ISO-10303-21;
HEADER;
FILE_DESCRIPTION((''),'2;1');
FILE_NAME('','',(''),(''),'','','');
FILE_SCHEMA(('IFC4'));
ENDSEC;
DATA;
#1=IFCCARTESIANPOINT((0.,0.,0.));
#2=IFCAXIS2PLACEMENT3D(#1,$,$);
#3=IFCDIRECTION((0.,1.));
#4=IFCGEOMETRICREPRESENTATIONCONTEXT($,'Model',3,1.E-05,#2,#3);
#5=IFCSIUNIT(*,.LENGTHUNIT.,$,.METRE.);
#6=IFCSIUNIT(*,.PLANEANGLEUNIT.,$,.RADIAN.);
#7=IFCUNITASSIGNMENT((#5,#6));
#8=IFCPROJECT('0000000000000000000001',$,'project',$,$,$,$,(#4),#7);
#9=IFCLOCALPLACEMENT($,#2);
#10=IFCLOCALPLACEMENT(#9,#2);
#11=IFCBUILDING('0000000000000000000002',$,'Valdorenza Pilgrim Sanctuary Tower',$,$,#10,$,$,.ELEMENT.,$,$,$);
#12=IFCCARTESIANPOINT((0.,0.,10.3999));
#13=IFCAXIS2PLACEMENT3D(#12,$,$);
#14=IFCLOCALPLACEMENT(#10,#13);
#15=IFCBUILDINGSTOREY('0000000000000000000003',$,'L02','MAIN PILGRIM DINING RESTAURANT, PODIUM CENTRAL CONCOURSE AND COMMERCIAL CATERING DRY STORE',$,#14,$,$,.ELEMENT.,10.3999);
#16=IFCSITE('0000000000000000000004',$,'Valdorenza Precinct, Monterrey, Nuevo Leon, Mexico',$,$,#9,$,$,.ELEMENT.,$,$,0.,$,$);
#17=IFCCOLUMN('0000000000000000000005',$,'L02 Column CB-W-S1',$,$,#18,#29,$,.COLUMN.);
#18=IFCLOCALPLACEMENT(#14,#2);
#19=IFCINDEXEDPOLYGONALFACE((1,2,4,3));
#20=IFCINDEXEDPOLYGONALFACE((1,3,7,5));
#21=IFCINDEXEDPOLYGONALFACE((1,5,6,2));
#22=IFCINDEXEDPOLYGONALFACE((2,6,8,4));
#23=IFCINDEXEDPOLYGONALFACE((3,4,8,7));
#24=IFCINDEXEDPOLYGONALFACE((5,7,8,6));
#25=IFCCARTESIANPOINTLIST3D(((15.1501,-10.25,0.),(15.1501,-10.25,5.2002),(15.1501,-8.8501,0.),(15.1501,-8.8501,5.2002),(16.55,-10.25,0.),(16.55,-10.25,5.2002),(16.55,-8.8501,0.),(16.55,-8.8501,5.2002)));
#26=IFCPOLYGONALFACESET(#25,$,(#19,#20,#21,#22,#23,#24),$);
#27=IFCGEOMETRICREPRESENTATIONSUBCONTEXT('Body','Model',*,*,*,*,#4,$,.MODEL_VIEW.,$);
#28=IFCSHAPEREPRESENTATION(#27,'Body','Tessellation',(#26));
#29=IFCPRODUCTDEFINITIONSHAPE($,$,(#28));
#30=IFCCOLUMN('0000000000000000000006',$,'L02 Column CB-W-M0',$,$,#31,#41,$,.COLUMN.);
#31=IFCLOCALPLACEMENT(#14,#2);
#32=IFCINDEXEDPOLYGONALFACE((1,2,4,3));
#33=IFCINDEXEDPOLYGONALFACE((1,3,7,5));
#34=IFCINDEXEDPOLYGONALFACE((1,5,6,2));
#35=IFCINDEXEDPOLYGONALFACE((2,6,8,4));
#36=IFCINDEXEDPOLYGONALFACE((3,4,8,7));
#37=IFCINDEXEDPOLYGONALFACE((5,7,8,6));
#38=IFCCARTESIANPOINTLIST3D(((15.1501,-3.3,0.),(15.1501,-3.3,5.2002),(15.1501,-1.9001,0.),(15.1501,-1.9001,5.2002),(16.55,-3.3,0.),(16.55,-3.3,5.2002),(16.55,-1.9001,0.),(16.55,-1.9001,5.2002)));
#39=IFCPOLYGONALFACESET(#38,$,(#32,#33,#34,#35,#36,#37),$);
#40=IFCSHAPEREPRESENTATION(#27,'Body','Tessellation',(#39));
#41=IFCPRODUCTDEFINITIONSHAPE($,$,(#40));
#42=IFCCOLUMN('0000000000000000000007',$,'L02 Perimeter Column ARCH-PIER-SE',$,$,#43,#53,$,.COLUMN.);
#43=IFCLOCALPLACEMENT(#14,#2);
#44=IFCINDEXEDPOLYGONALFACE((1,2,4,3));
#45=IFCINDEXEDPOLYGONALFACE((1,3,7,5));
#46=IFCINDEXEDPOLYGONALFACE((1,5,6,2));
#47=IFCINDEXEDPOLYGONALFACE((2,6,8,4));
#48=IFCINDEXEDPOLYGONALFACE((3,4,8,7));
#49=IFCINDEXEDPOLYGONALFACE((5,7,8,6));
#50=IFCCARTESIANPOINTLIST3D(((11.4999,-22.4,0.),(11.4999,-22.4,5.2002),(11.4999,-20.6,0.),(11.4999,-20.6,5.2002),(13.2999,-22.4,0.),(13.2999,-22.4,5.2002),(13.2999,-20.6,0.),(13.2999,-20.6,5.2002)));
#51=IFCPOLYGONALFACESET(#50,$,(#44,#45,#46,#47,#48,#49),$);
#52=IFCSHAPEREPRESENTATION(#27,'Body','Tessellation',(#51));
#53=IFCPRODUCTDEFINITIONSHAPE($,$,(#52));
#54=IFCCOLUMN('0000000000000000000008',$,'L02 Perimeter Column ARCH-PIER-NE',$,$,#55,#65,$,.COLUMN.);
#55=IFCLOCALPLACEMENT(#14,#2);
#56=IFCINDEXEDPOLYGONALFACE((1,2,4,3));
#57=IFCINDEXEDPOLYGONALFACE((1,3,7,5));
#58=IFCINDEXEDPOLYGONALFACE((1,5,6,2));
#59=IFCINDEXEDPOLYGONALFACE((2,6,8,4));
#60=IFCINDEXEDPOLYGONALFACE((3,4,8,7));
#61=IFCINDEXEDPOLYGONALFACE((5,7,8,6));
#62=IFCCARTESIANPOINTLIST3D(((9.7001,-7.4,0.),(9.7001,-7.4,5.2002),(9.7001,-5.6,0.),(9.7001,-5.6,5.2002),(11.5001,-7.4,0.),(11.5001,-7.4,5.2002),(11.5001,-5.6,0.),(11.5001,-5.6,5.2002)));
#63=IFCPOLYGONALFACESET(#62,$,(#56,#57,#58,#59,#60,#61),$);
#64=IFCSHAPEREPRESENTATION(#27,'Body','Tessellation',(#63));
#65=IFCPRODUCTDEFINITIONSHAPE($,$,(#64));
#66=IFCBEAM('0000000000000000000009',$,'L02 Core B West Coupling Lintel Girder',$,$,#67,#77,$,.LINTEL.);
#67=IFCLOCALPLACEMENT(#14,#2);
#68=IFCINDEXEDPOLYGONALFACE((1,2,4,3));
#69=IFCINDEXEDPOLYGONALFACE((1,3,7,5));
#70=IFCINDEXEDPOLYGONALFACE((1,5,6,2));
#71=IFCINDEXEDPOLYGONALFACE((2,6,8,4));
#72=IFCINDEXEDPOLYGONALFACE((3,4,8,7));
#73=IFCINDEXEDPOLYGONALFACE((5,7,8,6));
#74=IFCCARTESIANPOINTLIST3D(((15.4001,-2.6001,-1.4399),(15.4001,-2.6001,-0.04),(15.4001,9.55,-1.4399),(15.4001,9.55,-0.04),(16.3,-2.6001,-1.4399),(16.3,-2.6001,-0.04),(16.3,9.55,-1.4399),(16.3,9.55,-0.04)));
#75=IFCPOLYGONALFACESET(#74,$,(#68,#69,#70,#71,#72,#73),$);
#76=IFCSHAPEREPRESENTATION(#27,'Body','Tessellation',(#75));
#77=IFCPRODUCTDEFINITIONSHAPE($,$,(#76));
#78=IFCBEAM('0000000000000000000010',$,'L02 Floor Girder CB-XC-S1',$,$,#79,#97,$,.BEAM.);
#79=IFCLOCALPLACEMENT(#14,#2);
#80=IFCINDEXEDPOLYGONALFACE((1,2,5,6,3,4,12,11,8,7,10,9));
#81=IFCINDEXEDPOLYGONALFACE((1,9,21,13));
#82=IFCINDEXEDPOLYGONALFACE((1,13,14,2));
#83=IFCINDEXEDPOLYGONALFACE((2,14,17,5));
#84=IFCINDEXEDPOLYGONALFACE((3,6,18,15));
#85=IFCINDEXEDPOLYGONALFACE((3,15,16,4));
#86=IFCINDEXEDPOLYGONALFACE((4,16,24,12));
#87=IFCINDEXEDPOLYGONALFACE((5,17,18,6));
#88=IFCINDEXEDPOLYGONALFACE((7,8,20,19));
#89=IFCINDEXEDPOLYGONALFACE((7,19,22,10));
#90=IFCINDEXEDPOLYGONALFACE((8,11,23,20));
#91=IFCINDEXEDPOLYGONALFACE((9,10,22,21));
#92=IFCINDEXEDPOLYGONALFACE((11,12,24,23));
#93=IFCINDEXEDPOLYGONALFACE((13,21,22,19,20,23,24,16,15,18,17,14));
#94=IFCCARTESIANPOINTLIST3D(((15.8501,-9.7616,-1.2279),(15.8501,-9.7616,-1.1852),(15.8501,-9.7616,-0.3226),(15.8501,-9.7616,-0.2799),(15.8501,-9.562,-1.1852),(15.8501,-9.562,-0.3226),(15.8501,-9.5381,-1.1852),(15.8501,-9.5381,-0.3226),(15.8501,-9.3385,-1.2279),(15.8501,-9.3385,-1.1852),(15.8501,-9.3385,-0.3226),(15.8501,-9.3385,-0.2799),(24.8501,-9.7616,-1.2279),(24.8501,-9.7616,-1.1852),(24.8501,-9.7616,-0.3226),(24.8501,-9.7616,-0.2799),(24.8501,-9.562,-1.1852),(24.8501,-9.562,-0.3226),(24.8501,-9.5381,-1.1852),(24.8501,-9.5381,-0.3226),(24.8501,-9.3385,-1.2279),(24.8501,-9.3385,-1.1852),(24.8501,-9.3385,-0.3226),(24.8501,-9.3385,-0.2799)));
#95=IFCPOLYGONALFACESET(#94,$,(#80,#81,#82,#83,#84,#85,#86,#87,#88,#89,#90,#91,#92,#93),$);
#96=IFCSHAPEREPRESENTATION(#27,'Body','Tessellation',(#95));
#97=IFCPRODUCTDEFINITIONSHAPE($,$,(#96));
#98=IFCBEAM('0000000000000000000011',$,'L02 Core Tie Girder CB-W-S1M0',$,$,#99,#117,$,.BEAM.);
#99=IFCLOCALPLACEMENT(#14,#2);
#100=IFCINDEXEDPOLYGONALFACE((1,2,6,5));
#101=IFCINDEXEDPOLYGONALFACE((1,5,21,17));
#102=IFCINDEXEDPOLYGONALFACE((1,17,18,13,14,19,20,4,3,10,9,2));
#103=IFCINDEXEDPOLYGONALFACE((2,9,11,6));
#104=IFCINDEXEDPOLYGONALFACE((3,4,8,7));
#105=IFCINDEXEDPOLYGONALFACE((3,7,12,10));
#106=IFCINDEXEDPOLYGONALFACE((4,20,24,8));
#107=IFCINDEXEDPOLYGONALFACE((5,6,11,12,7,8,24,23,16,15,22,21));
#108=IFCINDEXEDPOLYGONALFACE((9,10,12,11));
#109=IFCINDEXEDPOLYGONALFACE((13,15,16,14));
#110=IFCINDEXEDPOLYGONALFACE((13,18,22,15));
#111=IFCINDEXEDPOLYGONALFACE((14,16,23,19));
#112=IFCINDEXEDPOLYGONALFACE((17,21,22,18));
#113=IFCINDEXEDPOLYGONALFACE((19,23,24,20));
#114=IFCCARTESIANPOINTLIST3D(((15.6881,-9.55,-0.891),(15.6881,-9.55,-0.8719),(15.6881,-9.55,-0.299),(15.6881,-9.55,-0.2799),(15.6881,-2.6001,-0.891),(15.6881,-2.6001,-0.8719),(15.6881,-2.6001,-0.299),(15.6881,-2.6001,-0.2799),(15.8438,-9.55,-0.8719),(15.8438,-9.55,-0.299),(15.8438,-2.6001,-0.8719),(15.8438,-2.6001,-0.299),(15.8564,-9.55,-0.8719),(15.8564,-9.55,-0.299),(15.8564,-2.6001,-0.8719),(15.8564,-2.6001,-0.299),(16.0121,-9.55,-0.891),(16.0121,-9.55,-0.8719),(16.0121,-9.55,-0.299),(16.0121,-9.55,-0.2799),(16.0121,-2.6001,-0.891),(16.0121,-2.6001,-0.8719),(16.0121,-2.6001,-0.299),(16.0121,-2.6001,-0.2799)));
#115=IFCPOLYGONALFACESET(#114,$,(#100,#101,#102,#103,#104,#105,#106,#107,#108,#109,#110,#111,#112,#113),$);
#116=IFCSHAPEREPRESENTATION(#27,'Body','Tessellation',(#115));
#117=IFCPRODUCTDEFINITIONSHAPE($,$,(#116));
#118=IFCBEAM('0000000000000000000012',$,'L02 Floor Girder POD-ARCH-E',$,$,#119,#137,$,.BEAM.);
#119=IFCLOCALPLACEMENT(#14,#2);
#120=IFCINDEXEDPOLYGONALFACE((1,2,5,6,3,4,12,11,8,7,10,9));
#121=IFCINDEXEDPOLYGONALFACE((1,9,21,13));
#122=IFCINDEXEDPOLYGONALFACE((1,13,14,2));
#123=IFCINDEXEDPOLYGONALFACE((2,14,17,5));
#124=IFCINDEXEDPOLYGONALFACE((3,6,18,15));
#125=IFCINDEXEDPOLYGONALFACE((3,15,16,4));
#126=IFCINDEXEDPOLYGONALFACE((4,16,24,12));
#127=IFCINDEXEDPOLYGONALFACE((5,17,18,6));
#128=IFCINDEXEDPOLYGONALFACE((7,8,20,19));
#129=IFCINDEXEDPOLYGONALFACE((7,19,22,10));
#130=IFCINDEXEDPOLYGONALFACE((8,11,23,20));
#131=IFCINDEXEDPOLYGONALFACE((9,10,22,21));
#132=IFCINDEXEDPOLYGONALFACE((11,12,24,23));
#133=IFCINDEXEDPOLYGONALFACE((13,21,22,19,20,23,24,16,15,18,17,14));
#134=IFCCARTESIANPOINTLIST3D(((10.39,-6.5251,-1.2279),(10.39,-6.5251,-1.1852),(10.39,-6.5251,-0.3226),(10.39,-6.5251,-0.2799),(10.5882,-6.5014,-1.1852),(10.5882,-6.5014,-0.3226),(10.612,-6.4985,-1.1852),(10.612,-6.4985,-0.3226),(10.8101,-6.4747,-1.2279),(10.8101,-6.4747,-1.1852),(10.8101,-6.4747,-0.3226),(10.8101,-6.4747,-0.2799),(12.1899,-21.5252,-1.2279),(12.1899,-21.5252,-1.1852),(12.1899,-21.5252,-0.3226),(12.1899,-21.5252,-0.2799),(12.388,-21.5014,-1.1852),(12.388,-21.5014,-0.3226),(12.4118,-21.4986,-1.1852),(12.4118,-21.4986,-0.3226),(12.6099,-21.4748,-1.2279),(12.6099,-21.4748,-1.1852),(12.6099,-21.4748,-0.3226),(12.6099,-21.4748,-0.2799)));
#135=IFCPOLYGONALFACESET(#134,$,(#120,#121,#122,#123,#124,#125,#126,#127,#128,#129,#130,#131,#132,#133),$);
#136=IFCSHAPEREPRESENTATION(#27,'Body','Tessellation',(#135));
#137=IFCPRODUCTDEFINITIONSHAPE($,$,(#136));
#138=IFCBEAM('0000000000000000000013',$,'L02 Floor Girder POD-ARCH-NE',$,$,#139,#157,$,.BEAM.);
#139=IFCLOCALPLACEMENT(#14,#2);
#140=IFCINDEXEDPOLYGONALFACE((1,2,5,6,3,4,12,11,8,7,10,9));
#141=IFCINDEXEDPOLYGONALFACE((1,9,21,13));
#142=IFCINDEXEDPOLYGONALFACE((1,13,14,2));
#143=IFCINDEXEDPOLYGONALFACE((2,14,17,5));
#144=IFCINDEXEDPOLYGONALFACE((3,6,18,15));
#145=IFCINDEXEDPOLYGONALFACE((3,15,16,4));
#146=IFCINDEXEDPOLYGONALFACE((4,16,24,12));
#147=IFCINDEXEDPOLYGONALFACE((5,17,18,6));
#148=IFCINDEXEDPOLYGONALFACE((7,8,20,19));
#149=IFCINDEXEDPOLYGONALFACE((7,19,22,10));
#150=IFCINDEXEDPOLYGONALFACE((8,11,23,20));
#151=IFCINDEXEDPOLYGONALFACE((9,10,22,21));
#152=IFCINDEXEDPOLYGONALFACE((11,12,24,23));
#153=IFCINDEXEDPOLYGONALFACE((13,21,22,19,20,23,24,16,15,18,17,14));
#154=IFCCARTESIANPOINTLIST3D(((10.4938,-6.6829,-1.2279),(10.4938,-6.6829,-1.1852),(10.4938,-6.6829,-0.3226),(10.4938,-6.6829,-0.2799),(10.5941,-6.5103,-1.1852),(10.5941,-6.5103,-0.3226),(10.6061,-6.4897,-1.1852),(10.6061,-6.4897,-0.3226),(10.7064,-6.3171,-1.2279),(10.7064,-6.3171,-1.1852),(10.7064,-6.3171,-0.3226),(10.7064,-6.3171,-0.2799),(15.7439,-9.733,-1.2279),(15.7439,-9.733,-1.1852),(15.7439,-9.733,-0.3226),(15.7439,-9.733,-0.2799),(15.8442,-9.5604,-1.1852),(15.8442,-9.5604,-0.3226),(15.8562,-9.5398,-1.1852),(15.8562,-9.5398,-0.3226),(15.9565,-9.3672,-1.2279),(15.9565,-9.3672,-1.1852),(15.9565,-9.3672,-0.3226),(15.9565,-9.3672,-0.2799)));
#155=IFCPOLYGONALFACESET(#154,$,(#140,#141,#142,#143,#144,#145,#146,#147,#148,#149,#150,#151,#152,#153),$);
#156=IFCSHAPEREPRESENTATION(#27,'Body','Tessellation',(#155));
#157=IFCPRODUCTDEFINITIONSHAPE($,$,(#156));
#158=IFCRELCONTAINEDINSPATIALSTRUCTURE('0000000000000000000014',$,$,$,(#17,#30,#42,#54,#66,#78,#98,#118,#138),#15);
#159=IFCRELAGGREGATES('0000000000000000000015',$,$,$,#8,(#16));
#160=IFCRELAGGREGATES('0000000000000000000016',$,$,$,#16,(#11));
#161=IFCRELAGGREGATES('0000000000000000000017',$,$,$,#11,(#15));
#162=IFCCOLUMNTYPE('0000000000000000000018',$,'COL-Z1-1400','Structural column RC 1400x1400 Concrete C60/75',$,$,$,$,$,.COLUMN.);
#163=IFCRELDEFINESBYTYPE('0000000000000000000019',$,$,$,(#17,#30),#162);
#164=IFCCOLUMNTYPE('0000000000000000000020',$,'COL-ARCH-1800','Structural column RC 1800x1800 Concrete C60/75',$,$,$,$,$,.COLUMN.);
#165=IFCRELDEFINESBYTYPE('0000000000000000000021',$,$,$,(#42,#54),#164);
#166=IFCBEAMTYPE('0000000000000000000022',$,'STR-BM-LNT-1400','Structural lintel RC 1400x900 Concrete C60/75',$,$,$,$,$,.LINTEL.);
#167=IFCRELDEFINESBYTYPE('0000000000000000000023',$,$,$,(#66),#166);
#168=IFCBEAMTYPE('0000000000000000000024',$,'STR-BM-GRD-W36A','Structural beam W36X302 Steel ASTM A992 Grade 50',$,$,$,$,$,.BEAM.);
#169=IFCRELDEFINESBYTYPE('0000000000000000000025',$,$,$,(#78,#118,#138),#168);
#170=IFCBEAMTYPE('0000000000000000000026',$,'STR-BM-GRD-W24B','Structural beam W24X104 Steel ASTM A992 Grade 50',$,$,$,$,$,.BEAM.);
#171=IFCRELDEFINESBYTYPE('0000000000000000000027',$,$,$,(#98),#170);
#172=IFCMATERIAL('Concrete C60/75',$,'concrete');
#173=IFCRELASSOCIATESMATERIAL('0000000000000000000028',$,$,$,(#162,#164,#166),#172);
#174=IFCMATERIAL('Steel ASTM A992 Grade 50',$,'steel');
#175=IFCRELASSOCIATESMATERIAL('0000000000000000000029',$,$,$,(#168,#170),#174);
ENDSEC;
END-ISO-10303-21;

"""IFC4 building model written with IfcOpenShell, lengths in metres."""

from ifc_helpers import new_model, si_unit, direction, frame, origin, origin_2d, place, context, subcontext, project, spatial, rectangle, i_section, extrude, source, transform, mapped, material, material_profile, profile_set, type_object, element, save


model = new_model("IFC4")

# Units and contexts
model_context = context("Model", 3, precision=1e-05, world=origin(), true_north=direction((0.0, 1.0)))
body_context = subcontext(model_context, "Body", "Model", "MODEL_VIEW")
ifc_project = project(units=[si_unit("LENGTHUNIT", "METRE"), si_unit("PLANEANGLEUNIT", "RADIAN")], contexts=[model_context])

# Site, building, storey
site_placement = place(None, origin())
site = spatial("IfcSite", under=ifc_project, at=site_placement, Name="Valdorenza Precinct, Monterrey, Nuevo Leon, Mexico", CompositionType="ELEMENT", RefElevation=0.0)
building_placement = place(site_placement, origin())
building = spatial("IfcBuilding", under=site, at=building_placement, Name="Valdorenza Pilgrim Sanctuary Tower", CompositionType="ELEMENT")
storey_placement = place(building_placement, frame((0.0, 0.0, 10.3999)))
storey = spatial("IfcBuildingStorey", under=building, at=storey_placement, Name="L02", Description="MAIN PILGRIM DINING RESTAURANT, PODIUM CENTRAL CONCOURSE AND COMMERCIAL CATERING DRY STORE", CompositionType="ELEMENT", Elevation=10.3999)

# Columns
ifc_material_1 = material(Name="Concrete C60/75", Category="concrete")
ifc_material_profile_1 = material_profile(ifc_material_1, rectangle(XDim=1.3999, YDim=1.3999, at=origin_2d()), Name="RC 1400x1400")
ifc_profile_set_1 = profile_set([ifc_material_profile_1], Name="Concrete C60/75")
column_type_1 = type_object("IfcColumnType", Name="COL-Z1-1400", Description="Structural column RC 1400x1400 Concrete C60/75", PredefinedType="COLUMN", material=ifc_profile_set_1)
shared_shape_1 = source(origin(), body_context, "Body", "SweptSolid", [
    extrude(rectangle(XDim=1.3999, YDim=1.3999, at=origin_2d()), origin(), (0.0, 0.0, 1.0), 5.2002),
])
for number, where, z_axis, x_axis, name in (
    (1, (15.8501, -9.55, 0.0), (0.0, 0.0, 1.0), (1.0, 0.0, 0.0), "L02 Column CB-W-S1"),
    (2, (15.8501, -2.6001, 0.0), (0.0, 0.0, 1.0), (1.0, 0.0, 0.0), "L02 Column CB-W-M0"),
):
    element("IfcColumn", number, at=place(storey_placement, frame(where, z_axis=z_axis, x_axis=x_axis)), inside=storey, type_object=column_type_1, Name=name, PredefinedType="COLUMN", context=body_context, shape_type="MappedRepresentation", body=[
        mapped(shared_shape_1, transform((0.0, 0.0, 0.0), x_axis=(1.0, 0.0, 0.0), y_axis=(0.0, 1.0, 0.0), z_axis=(0.0, 0.0, 1.0), scale=1.0)),
    ])
ifc_material_profile_2 = material_profile(ifc_material_1, rectangle(XDim=1.8, YDim=1.8, at=origin_2d()), Name="RC 1800x1800")
ifc_profile_set_2 = profile_set([ifc_material_profile_2], Name="Concrete C60/75")
column_type_2 = type_object("IfcColumnType", Name="COL-ARCH-1800", Description="Structural column RC 1800x1800 Concrete C60/75", PredefinedType="COLUMN", material=ifc_profile_set_2)
shared_shape_2 = source(origin(), body_context, "Body", "SweptSolid", [
    extrude(rectangle(XDim=1.8, YDim=1.8, at=origin_2d()), origin(), (0.0, 0.0, 1.0), 5.2002),
])
for number, where, z_axis, x_axis, name in (
    (3, (12.3999, -21.5, 0.0), (0.0, 0.0, 1.0), (1.0, 0.0, 0.0), "L02 Perimeter Column ARCH-PIER-SE"),
    (4, (10.6001, -6.5, 0.0), (0.0, 0.0, 1.0), (1.0, 0.0, 0.0), "L02 Perimeter Column ARCH-PIER-NE"),
):
    element("IfcColumn", number, at=place(storey_placement, frame(where, z_axis=z_axis, x_axis=x_axis)), inside=storey, type_object=column_type_2, Name=name, PredefinedType="COLUMN", context=body_context, shape_type="MappedRepresentation", body=[
        mapped(shared_shape_2, transform((0.0, 0.0, 0.0), x_axis=(1.0, 0.0, 0.0), y_axis=(0.0, 1.0, 0.0), z_axis=(0.0, 0.0, 1.0), scale=1.0)),
    ])

# Beams
ifc_material_profile_3 = material_profile(ifc_material_1, rectangle(XDim=0.8999, YDim=1.3999, at=origin_2d()), Name="RC 1400x900")
ifc_profile_set_3 = profile_set([ifc_material_profile_3], Name="Concrete C60/75")
beam_type_1 = type_object("IfcBeamType", Name="STR-BM-LNT-1400", Description="Structural lintel RC 1400x900 Concrete C60/75", PredefinedType="LINTEL", material=ifc_profile_set_3)
shared_shape_3 = source(origin(), body_context, "Body", "SweptSolid", [
    extrude(rectangle(XDim=0.8999, YDim=1.3999, at=origin_2d()), origin(), (0.0, 0.0, 1.0), 12.1501),
])
beam_1_placement = place(storey_placement, frame((15.8501, -2.6001, -0.74), z_axis=(0.0, 1.0, 0.0), x_axis=(-1.0, 0.0, 0.0)))
element("IfcBeam", 5, at=beam_1_placement, inside=storey, type_object=beam_type_1, Name="L02 Core B West Coupling Lintel Girder", PredefinedType="LINTEL", context=body_context, shape_type="MappedRepresentation", body=[
    mapped(shared_shape_3, transform((0.0, 0.0, 0.0), x_axis=(1.0, 0.0, 0.0), y_axis=(0.0, 1.0, 0.0), z_axis=(0.0, 0.0, 1.0), scale=1.0)),
])
ifc_material_2 = material(Name="Steel ASTM A992 Grade 50", Category="steel")
ifc_material_profile_4 = material_profile(ifc_material_2, i_section(OverallWidth=0.4231, OverallDepth=0.948, WebThickness=0.0239, FlangeThickness=0.0427, at=origin_2d()), Name="W36X302")
ifc_profile_set_4 = profile_set([ifc_material_profile_4], Name="Steel ASTM A992 Grade 50")
beam_type_2 = type_object("IfcBeamType", Name="STR-BM-GRD-W36A", Description="Structural beam W36X302 Steel ASTM A992 Grade 50", PredefinedType="BEAM", material=ifc_profile_set_4)
shared_shape_4 = source(origin(), body_context, "Body", "SweptSolid", [
    extrude(i_section(OverallWidth=0.4231, OverallDepth=0.948, WebThickness=0.0239, FlangeThickness=0.0427, at=origin_2d()), origin(), (0.0, 0.0, 1.0), 9.0),
])
beam_2_placement = place(storey_placement, frame((15.8501, -9.55, -0.7539), z_axis=(1.0, 0.0, 0.0), x_axis=(0.0, 1.0, 0.0)))
element("IfcBeam", 6, at=beam_2_placement, inside=storey, type_object=beam_type_2, Name="L02 Floor Girder CB-XC-S1", PredefinedType="BEAM", context=body_context, shape_type="MappedRepresentation", body=[
    mapped(shared_shape_4, transform((0.0, 0.0, 0.0), x_axis=(1.0, 0.0, 0.0), y_axis=(0.0, 1.0, 0.0), z_axis=(0.0, 0.0, 1.0), scale=1.0)),
])
ifc_material_profile_5 = material_profile(ifc_material_2, i_section(OverallWidth=0.324, OverallDepth=0.6111, WebThickness=0.0127, FlangeThickness=0.019, at=origin_2d()), Name="W24X104")
ifc_profile_set_5 = profile_set([ifc_material_profile_5], Name="Steel ASTM A992 Grade 50")
beam_type_3 = type_object("IfcBeamType", Name="STR-BM-GRD-W24B", Description="Structural beam W24X104 Steel ASTM A992 Grade 50", PredefinedType="BEAM", material=ifc_profile_set_5)
shared_shape_5 = source(origin(), body_context, "Body", "SweptSolid", [
    extrude(i_section(OverallWidth=0.324, OverallDepth=0.6111, WebThickness=0.0127, FlangeThickness=0.019, at=origin_2d()), origin(), (0.0, 0.0, 1.0), 6.95),
])
beam_3_placement = place(storey_placement, frame((15.8501, -9.55, -0.5854), z_axis=(0.0, 1.0, 0.0), x_axis=(-1.0, 0.0, 0.0)))
element("IfcBeam", 7, at=beam_3_placement, inside=storey, type_object=beam_type_3, Name="L02 Core Tie Girder CB-W-S1M0", PredefinedType="BEAM", context=body_context, shape_type="MappedRepresentation", body=[
    mapped(shared_shape_5, transform((0.0, 0.0, 0.0), x_axis=(1.0, 0.0, 0.0), y_axis=(0.0, 1.0, 0.0), z_axis=(0.0, 0.0, 1.0), scale=1.0)),
])
shared_shape_6 = source(origin(), body_context, "Body", "SweptSolid", [
    extrude(i_section(OverallWidth=0.4231, OverallDepth=0.948, WebThickness=0.0239, FlangeThickness=0.0427, at=origin_2d()), origin(), (0.0, 0.0, 1.0), 15.1077),
])
beam_4_placement = place(storey_placement, frame((12.3999, -21.5, -0.7539), z_axis=(-0.119132, 0.992878, 0.0), x_axis=(-0.992878, -0.119132, 0.0)))
element("IfcBeam", 8, at=beam_4_placement, inside=storey, type_object=beam_type_2, Name="L02 Floor Girder POD-ARCH-E", PredefinedType="BEAM", context=body_context, shape_type="MappedRepresentation", body=[
    mapped(shared_shape_6, transform((0.0, 0.0, 0.0), x_axis=(1.0, 0.0, 0.0), y_axis=(0.0, 1.0, 0.0), z_axis=(0.0, 0.0, 1.0), scale=1.0)),
])
shared_shape_7 = source(origin(), body_context, "Body", "SweptSolid", [
    extrude(i_section(OverallWidth=0.4231, OverallDepth=0.948, WebThickness=0.0239, FlangeThickness=0.0427, at=origin_2d()), origin(), (0.0, 0.0, 1.0), 6.0718),
])
beam_5_placement = place(storey_placement, frame((10.6001, -6.5, -0.7539), z_axis=(0.86467, -0.50234, 0.0), x_axis=(0.50234, 0.86467, 0.0)))
element("IfcBeam", 9, at=beam_5_placement, inside=storey, type_object=beam_type_2, Name="L02 Floor Girder POD-ARCH-NE", PredefinedType="BEAM", context=body_context, shape_type="MappedRepresentation", body=[
    mapped(shared_shape_7, transform((0.0, 0.0, 0.0), x_axis=(1.0, 0.0, 0.0), y_axis=(0.0, 1.0, 0.0), z_axis=(0.0, 0.0, 1.0), scale=1.0)),
])

save(model, "model.ifc")
